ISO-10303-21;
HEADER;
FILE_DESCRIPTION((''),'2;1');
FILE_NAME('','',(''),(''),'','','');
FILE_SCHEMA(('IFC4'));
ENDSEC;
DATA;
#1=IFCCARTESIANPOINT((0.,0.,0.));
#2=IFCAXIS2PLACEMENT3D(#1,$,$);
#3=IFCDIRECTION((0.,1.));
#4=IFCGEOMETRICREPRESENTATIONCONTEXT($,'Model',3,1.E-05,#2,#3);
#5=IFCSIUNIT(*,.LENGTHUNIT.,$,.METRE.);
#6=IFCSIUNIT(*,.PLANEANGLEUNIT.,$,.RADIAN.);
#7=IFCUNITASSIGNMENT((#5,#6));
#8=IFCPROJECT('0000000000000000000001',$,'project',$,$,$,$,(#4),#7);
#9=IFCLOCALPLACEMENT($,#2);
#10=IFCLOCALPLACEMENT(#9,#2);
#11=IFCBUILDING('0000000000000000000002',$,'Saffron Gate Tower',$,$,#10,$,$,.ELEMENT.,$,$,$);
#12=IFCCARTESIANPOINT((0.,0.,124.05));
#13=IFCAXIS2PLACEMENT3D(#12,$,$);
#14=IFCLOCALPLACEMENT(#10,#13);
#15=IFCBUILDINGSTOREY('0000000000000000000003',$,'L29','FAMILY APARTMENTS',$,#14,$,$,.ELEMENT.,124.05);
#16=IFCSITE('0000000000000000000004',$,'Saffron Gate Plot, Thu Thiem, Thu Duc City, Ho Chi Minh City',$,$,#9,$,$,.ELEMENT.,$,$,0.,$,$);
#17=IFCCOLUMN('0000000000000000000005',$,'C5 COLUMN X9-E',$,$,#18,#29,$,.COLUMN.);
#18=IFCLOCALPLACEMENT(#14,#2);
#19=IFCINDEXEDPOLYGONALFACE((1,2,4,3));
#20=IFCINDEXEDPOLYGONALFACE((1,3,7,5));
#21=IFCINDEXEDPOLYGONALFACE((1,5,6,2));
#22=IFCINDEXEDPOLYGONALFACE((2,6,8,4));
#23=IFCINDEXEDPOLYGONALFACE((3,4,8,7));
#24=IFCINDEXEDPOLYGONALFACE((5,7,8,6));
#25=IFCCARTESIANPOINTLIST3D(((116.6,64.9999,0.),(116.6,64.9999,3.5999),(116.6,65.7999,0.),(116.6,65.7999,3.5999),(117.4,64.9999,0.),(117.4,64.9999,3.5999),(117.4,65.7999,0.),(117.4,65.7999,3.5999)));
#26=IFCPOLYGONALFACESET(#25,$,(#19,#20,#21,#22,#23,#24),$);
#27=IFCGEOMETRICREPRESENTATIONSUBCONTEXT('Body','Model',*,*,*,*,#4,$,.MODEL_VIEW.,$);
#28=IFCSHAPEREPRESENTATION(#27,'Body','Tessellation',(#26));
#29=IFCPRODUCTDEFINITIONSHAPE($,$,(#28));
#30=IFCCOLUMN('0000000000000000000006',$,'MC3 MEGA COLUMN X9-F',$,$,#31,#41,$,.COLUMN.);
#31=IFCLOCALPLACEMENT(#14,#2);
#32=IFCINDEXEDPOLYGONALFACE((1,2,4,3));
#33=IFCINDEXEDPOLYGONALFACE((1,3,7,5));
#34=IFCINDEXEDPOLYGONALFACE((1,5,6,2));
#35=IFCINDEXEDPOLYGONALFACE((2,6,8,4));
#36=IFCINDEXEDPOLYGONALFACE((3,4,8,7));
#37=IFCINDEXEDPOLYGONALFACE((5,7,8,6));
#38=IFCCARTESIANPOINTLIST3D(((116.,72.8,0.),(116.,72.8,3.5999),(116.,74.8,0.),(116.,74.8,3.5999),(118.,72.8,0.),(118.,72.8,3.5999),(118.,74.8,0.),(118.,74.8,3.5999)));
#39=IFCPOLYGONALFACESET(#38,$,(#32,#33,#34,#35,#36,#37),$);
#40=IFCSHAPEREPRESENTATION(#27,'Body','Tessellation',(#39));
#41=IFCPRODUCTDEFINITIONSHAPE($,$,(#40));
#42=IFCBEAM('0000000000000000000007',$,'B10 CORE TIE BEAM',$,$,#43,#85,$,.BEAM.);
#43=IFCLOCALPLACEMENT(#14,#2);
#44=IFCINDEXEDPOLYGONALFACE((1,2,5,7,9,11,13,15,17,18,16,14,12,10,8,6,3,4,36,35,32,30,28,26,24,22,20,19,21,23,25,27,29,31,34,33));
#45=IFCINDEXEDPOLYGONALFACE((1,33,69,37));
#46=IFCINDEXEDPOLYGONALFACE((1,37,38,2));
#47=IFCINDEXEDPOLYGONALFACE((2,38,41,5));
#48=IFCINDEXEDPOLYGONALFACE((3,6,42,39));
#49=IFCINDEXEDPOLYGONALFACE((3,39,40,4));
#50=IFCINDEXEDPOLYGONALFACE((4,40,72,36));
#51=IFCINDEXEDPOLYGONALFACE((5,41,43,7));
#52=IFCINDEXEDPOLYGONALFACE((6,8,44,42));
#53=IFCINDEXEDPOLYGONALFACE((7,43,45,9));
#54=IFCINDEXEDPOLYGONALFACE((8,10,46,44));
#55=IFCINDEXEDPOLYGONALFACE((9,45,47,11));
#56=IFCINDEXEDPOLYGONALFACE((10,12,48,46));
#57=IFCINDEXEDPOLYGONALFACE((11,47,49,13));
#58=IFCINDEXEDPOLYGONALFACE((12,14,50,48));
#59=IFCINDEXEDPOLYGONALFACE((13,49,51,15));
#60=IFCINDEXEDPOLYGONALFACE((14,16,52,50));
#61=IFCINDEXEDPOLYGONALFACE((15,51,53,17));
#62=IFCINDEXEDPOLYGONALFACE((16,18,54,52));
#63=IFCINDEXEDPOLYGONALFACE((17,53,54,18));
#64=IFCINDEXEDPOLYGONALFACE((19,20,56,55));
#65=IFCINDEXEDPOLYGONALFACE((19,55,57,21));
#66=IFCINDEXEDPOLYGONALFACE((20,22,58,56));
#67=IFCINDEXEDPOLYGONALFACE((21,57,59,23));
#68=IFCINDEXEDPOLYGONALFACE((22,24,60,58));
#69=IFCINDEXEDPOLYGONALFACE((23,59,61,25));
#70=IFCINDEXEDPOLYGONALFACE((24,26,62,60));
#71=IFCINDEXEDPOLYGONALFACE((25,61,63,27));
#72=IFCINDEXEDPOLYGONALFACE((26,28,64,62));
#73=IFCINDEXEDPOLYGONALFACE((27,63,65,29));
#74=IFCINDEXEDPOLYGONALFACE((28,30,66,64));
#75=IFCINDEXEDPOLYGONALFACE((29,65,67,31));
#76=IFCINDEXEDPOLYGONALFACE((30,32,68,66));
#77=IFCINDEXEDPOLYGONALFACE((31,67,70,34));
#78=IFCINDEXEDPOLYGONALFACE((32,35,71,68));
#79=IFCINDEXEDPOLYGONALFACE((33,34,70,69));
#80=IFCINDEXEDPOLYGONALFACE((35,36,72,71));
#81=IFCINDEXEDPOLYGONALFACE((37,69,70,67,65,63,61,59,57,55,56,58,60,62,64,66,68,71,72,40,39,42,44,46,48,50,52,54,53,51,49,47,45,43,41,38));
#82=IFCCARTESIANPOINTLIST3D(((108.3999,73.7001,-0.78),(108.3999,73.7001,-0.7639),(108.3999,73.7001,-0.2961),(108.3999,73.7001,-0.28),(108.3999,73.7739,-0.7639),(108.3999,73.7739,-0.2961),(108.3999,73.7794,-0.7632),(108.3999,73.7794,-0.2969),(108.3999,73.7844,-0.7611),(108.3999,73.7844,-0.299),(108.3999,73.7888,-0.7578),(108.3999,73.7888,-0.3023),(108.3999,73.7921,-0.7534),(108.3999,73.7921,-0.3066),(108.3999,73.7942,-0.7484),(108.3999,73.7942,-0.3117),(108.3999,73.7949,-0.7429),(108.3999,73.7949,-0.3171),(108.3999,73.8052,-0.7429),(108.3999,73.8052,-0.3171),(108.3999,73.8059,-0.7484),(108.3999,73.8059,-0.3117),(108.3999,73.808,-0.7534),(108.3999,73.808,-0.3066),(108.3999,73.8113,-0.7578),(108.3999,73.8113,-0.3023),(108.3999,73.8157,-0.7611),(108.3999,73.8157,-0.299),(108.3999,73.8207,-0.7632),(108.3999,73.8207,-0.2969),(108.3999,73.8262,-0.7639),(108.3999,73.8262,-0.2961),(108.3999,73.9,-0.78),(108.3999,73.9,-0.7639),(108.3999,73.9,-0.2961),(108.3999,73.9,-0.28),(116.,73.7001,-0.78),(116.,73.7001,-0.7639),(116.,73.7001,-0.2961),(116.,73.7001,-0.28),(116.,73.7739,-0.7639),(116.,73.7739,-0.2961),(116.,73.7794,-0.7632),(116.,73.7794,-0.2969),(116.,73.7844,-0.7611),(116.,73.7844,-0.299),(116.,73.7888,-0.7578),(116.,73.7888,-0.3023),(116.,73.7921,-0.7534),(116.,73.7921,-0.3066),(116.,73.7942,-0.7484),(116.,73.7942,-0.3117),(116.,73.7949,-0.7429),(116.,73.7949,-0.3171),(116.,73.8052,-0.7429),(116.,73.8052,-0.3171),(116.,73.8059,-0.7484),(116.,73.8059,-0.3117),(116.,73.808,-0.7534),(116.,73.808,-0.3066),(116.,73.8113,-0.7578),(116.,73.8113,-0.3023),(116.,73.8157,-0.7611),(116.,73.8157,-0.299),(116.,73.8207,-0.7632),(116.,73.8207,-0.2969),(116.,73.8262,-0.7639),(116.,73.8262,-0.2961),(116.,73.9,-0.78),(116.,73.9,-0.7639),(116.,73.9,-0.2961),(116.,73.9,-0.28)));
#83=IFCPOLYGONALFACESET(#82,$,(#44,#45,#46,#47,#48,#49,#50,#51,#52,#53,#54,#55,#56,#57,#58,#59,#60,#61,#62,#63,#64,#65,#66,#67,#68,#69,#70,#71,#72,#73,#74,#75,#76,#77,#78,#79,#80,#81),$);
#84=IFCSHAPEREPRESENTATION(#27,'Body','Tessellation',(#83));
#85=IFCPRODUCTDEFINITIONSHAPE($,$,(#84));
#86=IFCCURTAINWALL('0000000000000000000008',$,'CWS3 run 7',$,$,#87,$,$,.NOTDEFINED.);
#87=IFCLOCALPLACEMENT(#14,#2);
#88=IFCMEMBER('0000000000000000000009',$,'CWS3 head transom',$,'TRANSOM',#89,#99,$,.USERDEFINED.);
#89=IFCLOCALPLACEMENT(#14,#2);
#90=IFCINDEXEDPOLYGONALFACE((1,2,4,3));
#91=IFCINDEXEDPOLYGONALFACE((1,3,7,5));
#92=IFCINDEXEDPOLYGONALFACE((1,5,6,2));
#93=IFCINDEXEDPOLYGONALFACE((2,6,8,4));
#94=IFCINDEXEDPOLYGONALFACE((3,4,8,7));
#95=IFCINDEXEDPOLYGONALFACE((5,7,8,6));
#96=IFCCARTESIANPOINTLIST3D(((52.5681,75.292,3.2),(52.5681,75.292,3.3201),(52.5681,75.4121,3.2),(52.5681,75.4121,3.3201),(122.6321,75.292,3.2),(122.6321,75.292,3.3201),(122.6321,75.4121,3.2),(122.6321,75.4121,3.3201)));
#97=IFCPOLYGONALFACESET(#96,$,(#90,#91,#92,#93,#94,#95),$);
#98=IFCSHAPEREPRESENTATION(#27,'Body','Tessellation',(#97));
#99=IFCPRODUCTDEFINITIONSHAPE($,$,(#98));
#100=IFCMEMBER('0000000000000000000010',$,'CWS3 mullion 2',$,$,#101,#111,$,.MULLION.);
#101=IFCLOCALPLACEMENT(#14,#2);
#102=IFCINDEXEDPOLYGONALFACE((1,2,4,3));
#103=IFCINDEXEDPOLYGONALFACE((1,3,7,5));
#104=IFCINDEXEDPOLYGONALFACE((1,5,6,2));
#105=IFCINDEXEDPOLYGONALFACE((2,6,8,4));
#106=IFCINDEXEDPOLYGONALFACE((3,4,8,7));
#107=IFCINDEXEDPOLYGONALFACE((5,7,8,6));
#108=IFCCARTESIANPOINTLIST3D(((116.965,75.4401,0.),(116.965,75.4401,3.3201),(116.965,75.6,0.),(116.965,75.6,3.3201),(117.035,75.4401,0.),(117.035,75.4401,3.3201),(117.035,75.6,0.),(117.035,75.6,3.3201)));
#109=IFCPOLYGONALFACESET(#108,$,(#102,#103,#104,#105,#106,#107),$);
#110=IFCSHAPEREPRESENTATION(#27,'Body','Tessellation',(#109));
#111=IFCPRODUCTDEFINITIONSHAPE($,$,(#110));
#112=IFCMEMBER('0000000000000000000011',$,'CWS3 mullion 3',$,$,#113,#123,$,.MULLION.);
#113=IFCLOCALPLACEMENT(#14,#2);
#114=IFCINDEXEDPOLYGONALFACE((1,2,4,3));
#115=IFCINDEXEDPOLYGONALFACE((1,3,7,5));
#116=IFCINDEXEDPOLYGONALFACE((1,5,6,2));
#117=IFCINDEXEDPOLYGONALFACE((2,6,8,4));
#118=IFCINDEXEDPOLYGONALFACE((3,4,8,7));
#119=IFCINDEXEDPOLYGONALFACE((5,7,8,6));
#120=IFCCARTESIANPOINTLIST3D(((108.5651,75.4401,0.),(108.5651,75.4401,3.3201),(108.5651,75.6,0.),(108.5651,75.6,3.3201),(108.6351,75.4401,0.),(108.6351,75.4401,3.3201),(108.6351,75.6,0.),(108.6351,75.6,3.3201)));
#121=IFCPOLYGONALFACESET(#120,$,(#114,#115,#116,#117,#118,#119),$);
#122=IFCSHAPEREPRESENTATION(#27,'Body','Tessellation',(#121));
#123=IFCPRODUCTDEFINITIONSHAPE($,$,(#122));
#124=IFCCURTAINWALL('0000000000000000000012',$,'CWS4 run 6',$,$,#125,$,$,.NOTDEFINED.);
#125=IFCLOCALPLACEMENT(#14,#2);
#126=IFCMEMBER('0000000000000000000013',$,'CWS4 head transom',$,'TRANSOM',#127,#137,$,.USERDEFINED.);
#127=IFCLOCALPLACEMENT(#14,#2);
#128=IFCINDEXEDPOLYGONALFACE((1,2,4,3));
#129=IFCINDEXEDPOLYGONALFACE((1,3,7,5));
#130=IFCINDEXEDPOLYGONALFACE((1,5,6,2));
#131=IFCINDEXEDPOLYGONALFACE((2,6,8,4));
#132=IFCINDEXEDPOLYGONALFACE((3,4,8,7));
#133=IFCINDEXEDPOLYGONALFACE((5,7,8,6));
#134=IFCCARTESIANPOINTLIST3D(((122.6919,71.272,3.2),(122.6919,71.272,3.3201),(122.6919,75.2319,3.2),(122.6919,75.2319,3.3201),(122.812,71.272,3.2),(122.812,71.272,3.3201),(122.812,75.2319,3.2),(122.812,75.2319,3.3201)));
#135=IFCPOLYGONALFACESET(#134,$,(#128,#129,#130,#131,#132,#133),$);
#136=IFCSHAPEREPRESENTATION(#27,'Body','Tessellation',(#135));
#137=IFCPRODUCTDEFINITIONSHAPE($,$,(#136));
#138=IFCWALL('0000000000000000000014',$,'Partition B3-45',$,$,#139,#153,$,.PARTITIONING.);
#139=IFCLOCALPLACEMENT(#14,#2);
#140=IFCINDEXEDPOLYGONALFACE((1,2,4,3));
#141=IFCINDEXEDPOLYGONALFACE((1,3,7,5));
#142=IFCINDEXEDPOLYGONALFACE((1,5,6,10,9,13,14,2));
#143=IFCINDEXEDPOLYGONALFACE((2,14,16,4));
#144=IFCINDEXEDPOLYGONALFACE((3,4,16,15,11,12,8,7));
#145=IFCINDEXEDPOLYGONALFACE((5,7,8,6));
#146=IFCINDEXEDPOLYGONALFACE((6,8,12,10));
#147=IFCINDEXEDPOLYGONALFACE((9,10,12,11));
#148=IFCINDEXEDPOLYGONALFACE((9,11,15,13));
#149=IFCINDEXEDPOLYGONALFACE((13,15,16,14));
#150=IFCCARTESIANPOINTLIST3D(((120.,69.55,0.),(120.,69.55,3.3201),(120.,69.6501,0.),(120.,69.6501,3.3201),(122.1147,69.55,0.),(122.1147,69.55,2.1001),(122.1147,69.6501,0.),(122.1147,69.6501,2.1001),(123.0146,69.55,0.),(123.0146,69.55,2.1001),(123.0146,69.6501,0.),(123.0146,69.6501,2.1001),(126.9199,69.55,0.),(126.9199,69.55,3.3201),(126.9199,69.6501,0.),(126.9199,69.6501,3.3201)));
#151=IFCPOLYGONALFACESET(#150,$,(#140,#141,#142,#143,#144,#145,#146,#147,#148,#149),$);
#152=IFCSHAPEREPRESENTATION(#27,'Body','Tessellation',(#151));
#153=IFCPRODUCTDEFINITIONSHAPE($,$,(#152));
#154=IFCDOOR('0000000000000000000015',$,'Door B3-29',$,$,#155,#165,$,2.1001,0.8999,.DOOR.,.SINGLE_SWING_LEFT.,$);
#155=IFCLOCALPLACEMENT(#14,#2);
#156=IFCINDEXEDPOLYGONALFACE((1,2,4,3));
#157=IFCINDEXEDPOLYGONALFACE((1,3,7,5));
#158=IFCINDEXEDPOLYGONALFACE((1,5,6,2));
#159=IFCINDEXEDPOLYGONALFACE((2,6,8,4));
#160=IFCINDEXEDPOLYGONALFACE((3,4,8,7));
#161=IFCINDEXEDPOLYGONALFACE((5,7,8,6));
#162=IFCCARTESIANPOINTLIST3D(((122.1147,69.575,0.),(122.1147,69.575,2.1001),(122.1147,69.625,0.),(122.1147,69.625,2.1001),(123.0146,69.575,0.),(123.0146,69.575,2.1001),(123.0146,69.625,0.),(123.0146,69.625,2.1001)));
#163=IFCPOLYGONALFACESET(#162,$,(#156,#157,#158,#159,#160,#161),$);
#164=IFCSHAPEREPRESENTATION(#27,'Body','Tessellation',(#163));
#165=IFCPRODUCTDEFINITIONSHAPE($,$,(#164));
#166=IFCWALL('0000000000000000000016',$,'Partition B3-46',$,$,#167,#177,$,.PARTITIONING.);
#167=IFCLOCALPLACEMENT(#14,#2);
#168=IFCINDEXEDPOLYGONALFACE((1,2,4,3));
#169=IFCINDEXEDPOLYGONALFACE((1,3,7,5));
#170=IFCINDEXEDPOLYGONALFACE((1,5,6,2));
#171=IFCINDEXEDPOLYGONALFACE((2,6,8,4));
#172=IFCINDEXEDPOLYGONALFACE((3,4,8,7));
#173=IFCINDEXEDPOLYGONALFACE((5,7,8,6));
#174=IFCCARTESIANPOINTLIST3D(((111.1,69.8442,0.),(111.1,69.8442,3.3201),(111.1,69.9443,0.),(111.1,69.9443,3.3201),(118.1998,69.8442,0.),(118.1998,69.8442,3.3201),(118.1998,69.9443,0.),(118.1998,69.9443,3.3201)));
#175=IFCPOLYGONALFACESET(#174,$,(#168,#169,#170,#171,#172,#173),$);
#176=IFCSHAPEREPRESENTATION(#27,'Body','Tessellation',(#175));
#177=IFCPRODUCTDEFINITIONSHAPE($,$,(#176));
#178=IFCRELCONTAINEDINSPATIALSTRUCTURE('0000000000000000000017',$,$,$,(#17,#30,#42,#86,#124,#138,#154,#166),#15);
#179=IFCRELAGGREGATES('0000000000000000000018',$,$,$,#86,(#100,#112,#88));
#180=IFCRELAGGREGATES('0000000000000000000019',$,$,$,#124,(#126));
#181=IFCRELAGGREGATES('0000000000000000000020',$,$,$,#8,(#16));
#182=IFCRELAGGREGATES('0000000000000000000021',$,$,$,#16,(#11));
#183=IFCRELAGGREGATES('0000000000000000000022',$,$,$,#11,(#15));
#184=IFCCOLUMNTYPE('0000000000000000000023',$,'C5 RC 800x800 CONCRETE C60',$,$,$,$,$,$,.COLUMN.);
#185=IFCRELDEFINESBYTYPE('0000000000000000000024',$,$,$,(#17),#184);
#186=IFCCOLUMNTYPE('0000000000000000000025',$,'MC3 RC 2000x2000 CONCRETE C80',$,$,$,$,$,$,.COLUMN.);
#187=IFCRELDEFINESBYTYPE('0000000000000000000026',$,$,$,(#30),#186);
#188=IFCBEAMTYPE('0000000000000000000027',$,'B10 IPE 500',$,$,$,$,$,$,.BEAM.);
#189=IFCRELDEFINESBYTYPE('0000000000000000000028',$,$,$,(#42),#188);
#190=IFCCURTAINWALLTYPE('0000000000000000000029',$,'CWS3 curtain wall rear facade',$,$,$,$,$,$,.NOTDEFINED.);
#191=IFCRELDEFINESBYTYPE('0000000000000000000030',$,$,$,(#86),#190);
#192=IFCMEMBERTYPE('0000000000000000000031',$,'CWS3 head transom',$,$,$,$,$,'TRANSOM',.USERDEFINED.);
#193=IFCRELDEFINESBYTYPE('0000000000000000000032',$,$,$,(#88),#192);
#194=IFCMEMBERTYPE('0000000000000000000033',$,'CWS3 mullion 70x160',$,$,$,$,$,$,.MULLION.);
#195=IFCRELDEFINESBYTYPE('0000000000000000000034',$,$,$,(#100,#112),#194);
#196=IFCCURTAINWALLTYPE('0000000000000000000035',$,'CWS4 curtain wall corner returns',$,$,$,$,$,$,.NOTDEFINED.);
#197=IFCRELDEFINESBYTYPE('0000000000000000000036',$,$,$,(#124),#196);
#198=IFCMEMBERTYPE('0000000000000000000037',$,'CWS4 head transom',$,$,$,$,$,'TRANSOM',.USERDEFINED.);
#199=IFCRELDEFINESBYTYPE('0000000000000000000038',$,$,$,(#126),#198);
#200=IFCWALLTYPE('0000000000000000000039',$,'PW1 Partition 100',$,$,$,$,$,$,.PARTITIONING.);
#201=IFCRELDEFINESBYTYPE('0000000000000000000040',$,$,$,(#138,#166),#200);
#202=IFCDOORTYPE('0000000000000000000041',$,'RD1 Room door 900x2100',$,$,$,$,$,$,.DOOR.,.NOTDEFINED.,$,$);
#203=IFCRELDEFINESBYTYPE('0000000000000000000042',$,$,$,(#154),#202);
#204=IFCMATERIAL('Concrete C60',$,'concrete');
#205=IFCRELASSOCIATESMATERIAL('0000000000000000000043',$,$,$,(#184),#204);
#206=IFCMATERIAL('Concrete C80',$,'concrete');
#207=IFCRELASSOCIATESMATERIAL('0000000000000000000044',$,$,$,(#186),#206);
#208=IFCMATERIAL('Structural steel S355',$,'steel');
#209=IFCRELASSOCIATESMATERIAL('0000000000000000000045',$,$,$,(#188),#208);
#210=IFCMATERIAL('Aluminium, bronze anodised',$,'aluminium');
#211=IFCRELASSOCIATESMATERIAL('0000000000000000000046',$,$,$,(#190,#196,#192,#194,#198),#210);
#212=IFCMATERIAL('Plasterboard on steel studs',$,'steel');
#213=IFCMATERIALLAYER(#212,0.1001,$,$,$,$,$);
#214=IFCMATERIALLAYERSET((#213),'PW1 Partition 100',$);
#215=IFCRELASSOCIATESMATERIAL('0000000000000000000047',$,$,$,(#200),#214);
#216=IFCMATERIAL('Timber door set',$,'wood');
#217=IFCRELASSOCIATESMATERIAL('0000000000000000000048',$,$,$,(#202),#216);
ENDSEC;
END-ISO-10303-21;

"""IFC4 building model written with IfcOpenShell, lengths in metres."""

from ifc_helpers import new_model, si_unit, direction, frame, frame_2d, origin, origin_2d, place, context, subcontext, project, spatial, rectangle, i_section, extrude, material, layer, layer_set, material_profile, profile_set, type_object, element, fill, aggregate, save


model = new_model("IFC4")

# Units and contexts
model_context = context("Model", 3, precision=1e-05, world=origin(), true_north=direction((0.0, 1.0)))
body_context = subcontext(model_context, "Body", "Model", "MODEL_VIEW")
ifc_project = project(units=[si_unit("LENGTHUNIT", "METRE"), si_unit("PLANEANGLEUNIT", "RADIAN")], contexts=[model_context])

# Site, building, storey
site_placement = place(None, origin())
site = spatial("IfcSite", under=ifc_project, at=site_placement, Name="Saffron Gate Plot, Thu Thiem, Thu Duc City, Ho Chi Minh City", CompositionType="ELEMENT", RefElevation=0.0)
building_placement = place(site_placement, origin())
building = spatial("IfcBuilding", under=site, at=building_placement, Name="Saffron Gate Tower", CompositionType="ELEMENT")
storey_placement = place(building_placement, frame((0.0, 0.0, 124.05)))
storey = spatial("IfcBuildingStorey", under=building, at=storey_placement, Name="L29", Description="FAMILY APARTMENTS", CompositionType="ELEMENT", Elevation=124.05)

# Columns
ifc_material_1 = material(Name="Concrete C60", Category="concrete")
ifc_material_profile_1 = material_profile(ifc_material_1, rectangle(XDim=0.8, YDim=0.8, at=origin_2d()))
ifc_profile_set_1 = profile_set([ifc_material_profile_1], Name="Concrete C60")
column_type_1 = type_object("IfcColumnType", Name="C5 RC 800x800 CONCRETE C60", PredefinedType="COLUMN", material=ifc_profile_set_1)
column_1_placement = place(storey_placement, frame((117.0, 65.3999, 0.0), z_axis=(0.0, 0.0, 1.0), x_axis=(1.0, 0.0, 0.0)))
element("IfcColumn", 1, at=column_1_placement, inside=storey, type_object=column_type_1, Name="C5 COLUMN X9-E", PredefinedType="COLUMN", context=body_context, shape_type="SweptSolid", body=[
    extrude(rectangle(XDim=0.8, YDim=0.8, at=origin_2d()), origin(), (0.0, 0.0, 1.0), 3.5999),
])
ifc_material_2 = material(Name="Concrete C80", Category="concrete")
ifc_material_profile_2 = material_profile(ifc_material_2, rectangle(XDim=2.0, YDim=2.0, at=origin_2d()))
ifc_profile_set_2 = profile_set([ifc_material_profile_2], Name="Concrete C80")
column_type_2 = type_object("IfcColumnType", Name="MC3 RC 2000x2000 CONCRETE C80", PredefinedType="COLUMN", material=ifc_profile_set_2)
column_2_placement = place(storey_placement, frame((117.0, 73.8, 0.0), z_axis=(0.0, 0.0, 1.0), x_axis=(1.0, 0.0, 0.0)))
element("IfcColumn", 2, at=column_2_placement, inside=storey, type_object=column_type_2, Name="MC3 MEGA COLUMN X9-F", PredefinedType="COLUMN", context=body_context, shape_type="SweptSolid", body=[
    extrude(rectangle(XDim=2.0, YDim=2.0, at=origin_2d()), origin(), (0.0, 0.0, 1.0), 3.5999),
])

# Beam
ifc_material_3 = material(Name="Structural steel S355", Category="steel")
ifc_material_profile_3 = material_profile(ifc_material_3, i_section(OverallWidth=0.2, OverallDepth=0.5, WebThickness=0.0103, FlangeThickness=0.0161, FilletRadius=0.021, at=origin_2d()))
ifc_profile_set_3 = profile_set([ifc_material_profile_3], Name="Structural steel S355")
beam_type = type_object("IfcBeamType", Name="B10 IPE 500", PredefinedType="BEAM", material=ifc_profile_set_3)
beam_placement = place(storey_placement, frame((116.0, 73.8, -0.53), z_axis=(-1.0, 0.0, 0.0), x_axis=(0.0, -1.0, 0.0)))
element("IfcBeam", 3, at=beam_placement, inside=storey, type_object=beam_type, Name="B10 CORE TIE BEAM", PredefinedType="BEAM", context=body_context, shape_type="SweptSolid", body=[
    extrude(i_section(OverallWidth=0.2, OverallDepth=0.5, WebThickness=0.0103, FlangeThickness=0.0161, FilletRadius=0.021, at=origin_2d()), origin(), (0.0, 0.0, 1.0), 7.6001),
])

# Curtain wall, members
ifc_material_4 = material(Name="Aluminium, bronze anodised", Category="aluminium")
curtain_wall_type_1 = type_object("IfcCurtainWallType", Name="CWS3 curtain wall rear facade", PredefinedType="NOTDEFINED", material=ifc_material_4)
curtain_wall_1_placement = place(storey_placement, origin())
curtain_wall_1 = element("IfcCurtainWall", 4, at=curtain_wall_1_placement, inside=storey, type_object=curtain_wall_type_1, Name="CWS3 run 7", PredefinedType="NOTDEFINED")
ifc_material_profile_4 = material_profile(ifc_material_4, rectangle(XDim=0.1201, YDim=0.1201, at=origin_2d()))
ifc_profile_set_4 = profile_set([ifc_material_profile_4], Name="Aluminium, bronze anodised")
member_type_1 = type_object("IfcMemberType", Name="CWS3 head transom", ElementType="TRANSOM", PredefinedType="USERDEFINED", material=ifc_profile_set_4)
member_1_placement = place(storey_placement, frame((122.6321, 75.3521, 3.26), z_axis=(-1.0, 0.0, 0.0), x_axis=(0.0, -1.0, 0.0)))
member_1 = element("IfcMember", 5, at=member_1_placement, type_object=member_type_1, Name="CWS3 head transom", ObjectType="TRANSOM", PredefinedType="USERDEFINED", context=body_context, shape_type="SweptSolid", body=[
    extrude(rectangle(XDim=0.1201, YDim=0.1201, at=origin_2d()), origin(), (0.0, 0.0, 1.0), 70.064),
])
ifc_material_profile_5 = material_profile(ifc_material_4, rectangle(XDim=0.1599, YDim=0.0701, at=origin_2d()))
ifc_profile_set_5 = profile_set([ifc_material_profile_5], Name="Aluminium, bronze anodised")
member_type_2 = type_object("IfcMemberType", Name="CWS3 mullion 70x160", PredefinedType="MULLION", material=ifc_profile_set_5)
member_2_placement = place(storey_placement, frame((117.0, 75.52, 0.0), z_axis=(0.0, 0.0, 1.0), x_axis=(0.0, -1.0, 0.0)))
member_2 = element("IfcMember", 6, at=member_2_placement, type_object=member_type_2, Name="CWS3 mullion 2", PredefinedType="MULLION", context=body_context, shape_type="SweptSolid", body=[
    extrude(rectangle(XDim=0.1599, YDim=0.0701, at=origin_2d()), origin(), (0.0, 0.0, 1.0), 3.3201),
])
member_3_placement = place(storey_placement, frame((108.6001, 75.52, 0.0), z_axis=(0.0, 0.0, 1.0), x_axis=(0.0, -1.0, 0.0)))
member_3 = element("IfcMember", 7, at=member_3_placement, type_object=member_type_2, Name="CWS3 mullion 3", PredefinedType="MULLION", context=body_context, shape_type="SweptSolid", body=[
    extrude(rectangle(XDim=0.1599, YDim=0.0701, at=origin_2d()), origin(), (0.0, 0.0, 1.0), 3.3201),
])
aggregate(curtain_wall_1, [member_2, member_3, member_1])

# Curtain wall, member
curtain_wall_type_2 = type_object("IfcCurtainWallType", Name="CWS4 curtain wall corner returns", PredefinedType="NOTDEFINED", material=ifc_material_4)
curtain_wall_2_placement = place(storey_placement, origin())
curtain_wall_2 = element("IfcCurtainWall", 8, at=curtain_wall_2_placement, inside=storey, type_object=curtain_wall_type_2, Name="CWS4 run 6", PredefinedType="NOTDEFINED")
ifc_material_profile_6 = material_profile(ifc_material_4, rectangle(XDim=0.1201, YDim=0.1201, at=origin_2d()))
ifc_profile_set_6 = profile_set([ifc_material_profile_6], Name="Aluminium, bronze anodised")
member_type_3 = type_object("IfcMemberType", Name="CWS4 head transom", ElementType="TRANSOM", PredefinedType="USERDEFINED", material=ifc_profile_set_6)
member_4_placement = place(storey_placement, frame((122.752, 71.272, 3.26), z_axis=(0.0, 1.0, 0.0), x_axis=(-1.0, 0.0, 0.0)))
member_4 = element("IfcMember", 9, at=member_4_placement, type_object=member_type_3, Name="CWS4 head transom", ObjectType="TRANSOM", PredefinedType="USERDEFINED", context=body_context, shape_type="SweptSolid", body=[
    extrude(rectangle(XDim=0.1201, YDim=0.1201, at=origin_2d()), origin(), (0.0, 0.0, 1.0), 3.96),
])
aggregate(curtain_wall_2, [member_4])

# Wall, opening, door
ifc_material_5 = material(Name="Plasterboard on steel studs", Category="steel")
ifc_layer_1 = layer(ifc_material_5, 0.1001)
ifc_layer_set_1 = layer_set([ifc_layer_1], Name="PW1 Partition 100")
wall_type_1 = type_object("IfcWallType", Name="PW1 Partition 100", PredefinedType="PARTITIONING", material=ifc_layer_set_1)
wall_1_placement = place(storey_placement, frame((120.0, 69.6001, 0.0), z_axis=(0.0, 0.0, 1.0), x_axis=(1.0, 0.0, 0.0)))
wall_1 = element("IfcWall", 10, at=wall_1_placement, inside=storey, type_object=wall_type_1, Name="Partition B3-45", PredefinedType="PARTITIONING", context=body_context, shape_type="SweptSolid", body=[
    extrude(rectangle(XDim=6.9199, YDim=0.1001, at=frame_2d((3.46, 0.0))), origin(), (0.0, 0.0, 1.0), 3.3201),
])
opening_1_placement = place(wall_1_placement, frame((2.1147, 0.0, 0.0)))
opening_1 = element("IfcOpeningElement", 11, at=opening_1_placement, cuts=wall_1, PredefinedType="OPENING", context=body_context, shape_type="SweptSolid", body=[
    extrude(rectangle(XDim=0.8999, YDim=2.1001, at=frame_2d((0.45, 1.05))), frame((0.0, 0.0601, 0.0), z_axis=(0.0, -1.0, 0.0), x_axis=(1.0, 0.0, 0.0)), (0.0, 0.0, 1.0), 0.1201),
])
ifc_material_6 = material(Name="Timber door set", Category="wood")
door_type_1 = type_object("IfcDoorType", Name="RD1 Room door 900x2100", OperationType="NOTDEFINED", PredefinedType="DOOR", material=ifc_material_6)
door_1_placement = place(opening_1_placement, origin())
door_1 = element("IfcDoor", 12, at=door_1_placement, inside=storey, type_object=door_type_1, Name="Door B3-29", OperationType="SINGLE_SWING_LEFT", OverallHeight=2.1001, OverallWidth=0.8999, PredefinedType="DOOR", context=body_context, shape_type="SweptSolid", body=[
    extrude(rectangle(XDim=0.8999, YDim=2.1001, at=frame_2d((0.45, 1.05))), frame((0.0, 0.0249, 0.0), z_axis=(0.0, -1.0, 0.0), x_axis=(1.0, 0.0, 0.0)), (0.0, 0.0, 1.0), 0.05),
])
fill(opening_1, door_1)

# Wall
wall_2_placement = place(storey_placement, frame((111.1001, 69.8943, 0.0), z_axis=(0.0, 0.0, 1.0), x_axis=(1.0, 0.0, 0.0)))
element("IfcWall", 13, at=wall_2_placement, inside=storey, type_object=wall_type_1, Name="Partition B3-46", PredefinedType="PARTITIONING", context=body_context, shape_type="SweptSolid", body=[
    extrude(rectangle(XDim=7.0999, YDim=0.1001, at=frame_2d((3.5498, 0.0))), origin(), (0.0, 0.0, 1.0), 3.3201),
])

save(model, "model.ifc")
